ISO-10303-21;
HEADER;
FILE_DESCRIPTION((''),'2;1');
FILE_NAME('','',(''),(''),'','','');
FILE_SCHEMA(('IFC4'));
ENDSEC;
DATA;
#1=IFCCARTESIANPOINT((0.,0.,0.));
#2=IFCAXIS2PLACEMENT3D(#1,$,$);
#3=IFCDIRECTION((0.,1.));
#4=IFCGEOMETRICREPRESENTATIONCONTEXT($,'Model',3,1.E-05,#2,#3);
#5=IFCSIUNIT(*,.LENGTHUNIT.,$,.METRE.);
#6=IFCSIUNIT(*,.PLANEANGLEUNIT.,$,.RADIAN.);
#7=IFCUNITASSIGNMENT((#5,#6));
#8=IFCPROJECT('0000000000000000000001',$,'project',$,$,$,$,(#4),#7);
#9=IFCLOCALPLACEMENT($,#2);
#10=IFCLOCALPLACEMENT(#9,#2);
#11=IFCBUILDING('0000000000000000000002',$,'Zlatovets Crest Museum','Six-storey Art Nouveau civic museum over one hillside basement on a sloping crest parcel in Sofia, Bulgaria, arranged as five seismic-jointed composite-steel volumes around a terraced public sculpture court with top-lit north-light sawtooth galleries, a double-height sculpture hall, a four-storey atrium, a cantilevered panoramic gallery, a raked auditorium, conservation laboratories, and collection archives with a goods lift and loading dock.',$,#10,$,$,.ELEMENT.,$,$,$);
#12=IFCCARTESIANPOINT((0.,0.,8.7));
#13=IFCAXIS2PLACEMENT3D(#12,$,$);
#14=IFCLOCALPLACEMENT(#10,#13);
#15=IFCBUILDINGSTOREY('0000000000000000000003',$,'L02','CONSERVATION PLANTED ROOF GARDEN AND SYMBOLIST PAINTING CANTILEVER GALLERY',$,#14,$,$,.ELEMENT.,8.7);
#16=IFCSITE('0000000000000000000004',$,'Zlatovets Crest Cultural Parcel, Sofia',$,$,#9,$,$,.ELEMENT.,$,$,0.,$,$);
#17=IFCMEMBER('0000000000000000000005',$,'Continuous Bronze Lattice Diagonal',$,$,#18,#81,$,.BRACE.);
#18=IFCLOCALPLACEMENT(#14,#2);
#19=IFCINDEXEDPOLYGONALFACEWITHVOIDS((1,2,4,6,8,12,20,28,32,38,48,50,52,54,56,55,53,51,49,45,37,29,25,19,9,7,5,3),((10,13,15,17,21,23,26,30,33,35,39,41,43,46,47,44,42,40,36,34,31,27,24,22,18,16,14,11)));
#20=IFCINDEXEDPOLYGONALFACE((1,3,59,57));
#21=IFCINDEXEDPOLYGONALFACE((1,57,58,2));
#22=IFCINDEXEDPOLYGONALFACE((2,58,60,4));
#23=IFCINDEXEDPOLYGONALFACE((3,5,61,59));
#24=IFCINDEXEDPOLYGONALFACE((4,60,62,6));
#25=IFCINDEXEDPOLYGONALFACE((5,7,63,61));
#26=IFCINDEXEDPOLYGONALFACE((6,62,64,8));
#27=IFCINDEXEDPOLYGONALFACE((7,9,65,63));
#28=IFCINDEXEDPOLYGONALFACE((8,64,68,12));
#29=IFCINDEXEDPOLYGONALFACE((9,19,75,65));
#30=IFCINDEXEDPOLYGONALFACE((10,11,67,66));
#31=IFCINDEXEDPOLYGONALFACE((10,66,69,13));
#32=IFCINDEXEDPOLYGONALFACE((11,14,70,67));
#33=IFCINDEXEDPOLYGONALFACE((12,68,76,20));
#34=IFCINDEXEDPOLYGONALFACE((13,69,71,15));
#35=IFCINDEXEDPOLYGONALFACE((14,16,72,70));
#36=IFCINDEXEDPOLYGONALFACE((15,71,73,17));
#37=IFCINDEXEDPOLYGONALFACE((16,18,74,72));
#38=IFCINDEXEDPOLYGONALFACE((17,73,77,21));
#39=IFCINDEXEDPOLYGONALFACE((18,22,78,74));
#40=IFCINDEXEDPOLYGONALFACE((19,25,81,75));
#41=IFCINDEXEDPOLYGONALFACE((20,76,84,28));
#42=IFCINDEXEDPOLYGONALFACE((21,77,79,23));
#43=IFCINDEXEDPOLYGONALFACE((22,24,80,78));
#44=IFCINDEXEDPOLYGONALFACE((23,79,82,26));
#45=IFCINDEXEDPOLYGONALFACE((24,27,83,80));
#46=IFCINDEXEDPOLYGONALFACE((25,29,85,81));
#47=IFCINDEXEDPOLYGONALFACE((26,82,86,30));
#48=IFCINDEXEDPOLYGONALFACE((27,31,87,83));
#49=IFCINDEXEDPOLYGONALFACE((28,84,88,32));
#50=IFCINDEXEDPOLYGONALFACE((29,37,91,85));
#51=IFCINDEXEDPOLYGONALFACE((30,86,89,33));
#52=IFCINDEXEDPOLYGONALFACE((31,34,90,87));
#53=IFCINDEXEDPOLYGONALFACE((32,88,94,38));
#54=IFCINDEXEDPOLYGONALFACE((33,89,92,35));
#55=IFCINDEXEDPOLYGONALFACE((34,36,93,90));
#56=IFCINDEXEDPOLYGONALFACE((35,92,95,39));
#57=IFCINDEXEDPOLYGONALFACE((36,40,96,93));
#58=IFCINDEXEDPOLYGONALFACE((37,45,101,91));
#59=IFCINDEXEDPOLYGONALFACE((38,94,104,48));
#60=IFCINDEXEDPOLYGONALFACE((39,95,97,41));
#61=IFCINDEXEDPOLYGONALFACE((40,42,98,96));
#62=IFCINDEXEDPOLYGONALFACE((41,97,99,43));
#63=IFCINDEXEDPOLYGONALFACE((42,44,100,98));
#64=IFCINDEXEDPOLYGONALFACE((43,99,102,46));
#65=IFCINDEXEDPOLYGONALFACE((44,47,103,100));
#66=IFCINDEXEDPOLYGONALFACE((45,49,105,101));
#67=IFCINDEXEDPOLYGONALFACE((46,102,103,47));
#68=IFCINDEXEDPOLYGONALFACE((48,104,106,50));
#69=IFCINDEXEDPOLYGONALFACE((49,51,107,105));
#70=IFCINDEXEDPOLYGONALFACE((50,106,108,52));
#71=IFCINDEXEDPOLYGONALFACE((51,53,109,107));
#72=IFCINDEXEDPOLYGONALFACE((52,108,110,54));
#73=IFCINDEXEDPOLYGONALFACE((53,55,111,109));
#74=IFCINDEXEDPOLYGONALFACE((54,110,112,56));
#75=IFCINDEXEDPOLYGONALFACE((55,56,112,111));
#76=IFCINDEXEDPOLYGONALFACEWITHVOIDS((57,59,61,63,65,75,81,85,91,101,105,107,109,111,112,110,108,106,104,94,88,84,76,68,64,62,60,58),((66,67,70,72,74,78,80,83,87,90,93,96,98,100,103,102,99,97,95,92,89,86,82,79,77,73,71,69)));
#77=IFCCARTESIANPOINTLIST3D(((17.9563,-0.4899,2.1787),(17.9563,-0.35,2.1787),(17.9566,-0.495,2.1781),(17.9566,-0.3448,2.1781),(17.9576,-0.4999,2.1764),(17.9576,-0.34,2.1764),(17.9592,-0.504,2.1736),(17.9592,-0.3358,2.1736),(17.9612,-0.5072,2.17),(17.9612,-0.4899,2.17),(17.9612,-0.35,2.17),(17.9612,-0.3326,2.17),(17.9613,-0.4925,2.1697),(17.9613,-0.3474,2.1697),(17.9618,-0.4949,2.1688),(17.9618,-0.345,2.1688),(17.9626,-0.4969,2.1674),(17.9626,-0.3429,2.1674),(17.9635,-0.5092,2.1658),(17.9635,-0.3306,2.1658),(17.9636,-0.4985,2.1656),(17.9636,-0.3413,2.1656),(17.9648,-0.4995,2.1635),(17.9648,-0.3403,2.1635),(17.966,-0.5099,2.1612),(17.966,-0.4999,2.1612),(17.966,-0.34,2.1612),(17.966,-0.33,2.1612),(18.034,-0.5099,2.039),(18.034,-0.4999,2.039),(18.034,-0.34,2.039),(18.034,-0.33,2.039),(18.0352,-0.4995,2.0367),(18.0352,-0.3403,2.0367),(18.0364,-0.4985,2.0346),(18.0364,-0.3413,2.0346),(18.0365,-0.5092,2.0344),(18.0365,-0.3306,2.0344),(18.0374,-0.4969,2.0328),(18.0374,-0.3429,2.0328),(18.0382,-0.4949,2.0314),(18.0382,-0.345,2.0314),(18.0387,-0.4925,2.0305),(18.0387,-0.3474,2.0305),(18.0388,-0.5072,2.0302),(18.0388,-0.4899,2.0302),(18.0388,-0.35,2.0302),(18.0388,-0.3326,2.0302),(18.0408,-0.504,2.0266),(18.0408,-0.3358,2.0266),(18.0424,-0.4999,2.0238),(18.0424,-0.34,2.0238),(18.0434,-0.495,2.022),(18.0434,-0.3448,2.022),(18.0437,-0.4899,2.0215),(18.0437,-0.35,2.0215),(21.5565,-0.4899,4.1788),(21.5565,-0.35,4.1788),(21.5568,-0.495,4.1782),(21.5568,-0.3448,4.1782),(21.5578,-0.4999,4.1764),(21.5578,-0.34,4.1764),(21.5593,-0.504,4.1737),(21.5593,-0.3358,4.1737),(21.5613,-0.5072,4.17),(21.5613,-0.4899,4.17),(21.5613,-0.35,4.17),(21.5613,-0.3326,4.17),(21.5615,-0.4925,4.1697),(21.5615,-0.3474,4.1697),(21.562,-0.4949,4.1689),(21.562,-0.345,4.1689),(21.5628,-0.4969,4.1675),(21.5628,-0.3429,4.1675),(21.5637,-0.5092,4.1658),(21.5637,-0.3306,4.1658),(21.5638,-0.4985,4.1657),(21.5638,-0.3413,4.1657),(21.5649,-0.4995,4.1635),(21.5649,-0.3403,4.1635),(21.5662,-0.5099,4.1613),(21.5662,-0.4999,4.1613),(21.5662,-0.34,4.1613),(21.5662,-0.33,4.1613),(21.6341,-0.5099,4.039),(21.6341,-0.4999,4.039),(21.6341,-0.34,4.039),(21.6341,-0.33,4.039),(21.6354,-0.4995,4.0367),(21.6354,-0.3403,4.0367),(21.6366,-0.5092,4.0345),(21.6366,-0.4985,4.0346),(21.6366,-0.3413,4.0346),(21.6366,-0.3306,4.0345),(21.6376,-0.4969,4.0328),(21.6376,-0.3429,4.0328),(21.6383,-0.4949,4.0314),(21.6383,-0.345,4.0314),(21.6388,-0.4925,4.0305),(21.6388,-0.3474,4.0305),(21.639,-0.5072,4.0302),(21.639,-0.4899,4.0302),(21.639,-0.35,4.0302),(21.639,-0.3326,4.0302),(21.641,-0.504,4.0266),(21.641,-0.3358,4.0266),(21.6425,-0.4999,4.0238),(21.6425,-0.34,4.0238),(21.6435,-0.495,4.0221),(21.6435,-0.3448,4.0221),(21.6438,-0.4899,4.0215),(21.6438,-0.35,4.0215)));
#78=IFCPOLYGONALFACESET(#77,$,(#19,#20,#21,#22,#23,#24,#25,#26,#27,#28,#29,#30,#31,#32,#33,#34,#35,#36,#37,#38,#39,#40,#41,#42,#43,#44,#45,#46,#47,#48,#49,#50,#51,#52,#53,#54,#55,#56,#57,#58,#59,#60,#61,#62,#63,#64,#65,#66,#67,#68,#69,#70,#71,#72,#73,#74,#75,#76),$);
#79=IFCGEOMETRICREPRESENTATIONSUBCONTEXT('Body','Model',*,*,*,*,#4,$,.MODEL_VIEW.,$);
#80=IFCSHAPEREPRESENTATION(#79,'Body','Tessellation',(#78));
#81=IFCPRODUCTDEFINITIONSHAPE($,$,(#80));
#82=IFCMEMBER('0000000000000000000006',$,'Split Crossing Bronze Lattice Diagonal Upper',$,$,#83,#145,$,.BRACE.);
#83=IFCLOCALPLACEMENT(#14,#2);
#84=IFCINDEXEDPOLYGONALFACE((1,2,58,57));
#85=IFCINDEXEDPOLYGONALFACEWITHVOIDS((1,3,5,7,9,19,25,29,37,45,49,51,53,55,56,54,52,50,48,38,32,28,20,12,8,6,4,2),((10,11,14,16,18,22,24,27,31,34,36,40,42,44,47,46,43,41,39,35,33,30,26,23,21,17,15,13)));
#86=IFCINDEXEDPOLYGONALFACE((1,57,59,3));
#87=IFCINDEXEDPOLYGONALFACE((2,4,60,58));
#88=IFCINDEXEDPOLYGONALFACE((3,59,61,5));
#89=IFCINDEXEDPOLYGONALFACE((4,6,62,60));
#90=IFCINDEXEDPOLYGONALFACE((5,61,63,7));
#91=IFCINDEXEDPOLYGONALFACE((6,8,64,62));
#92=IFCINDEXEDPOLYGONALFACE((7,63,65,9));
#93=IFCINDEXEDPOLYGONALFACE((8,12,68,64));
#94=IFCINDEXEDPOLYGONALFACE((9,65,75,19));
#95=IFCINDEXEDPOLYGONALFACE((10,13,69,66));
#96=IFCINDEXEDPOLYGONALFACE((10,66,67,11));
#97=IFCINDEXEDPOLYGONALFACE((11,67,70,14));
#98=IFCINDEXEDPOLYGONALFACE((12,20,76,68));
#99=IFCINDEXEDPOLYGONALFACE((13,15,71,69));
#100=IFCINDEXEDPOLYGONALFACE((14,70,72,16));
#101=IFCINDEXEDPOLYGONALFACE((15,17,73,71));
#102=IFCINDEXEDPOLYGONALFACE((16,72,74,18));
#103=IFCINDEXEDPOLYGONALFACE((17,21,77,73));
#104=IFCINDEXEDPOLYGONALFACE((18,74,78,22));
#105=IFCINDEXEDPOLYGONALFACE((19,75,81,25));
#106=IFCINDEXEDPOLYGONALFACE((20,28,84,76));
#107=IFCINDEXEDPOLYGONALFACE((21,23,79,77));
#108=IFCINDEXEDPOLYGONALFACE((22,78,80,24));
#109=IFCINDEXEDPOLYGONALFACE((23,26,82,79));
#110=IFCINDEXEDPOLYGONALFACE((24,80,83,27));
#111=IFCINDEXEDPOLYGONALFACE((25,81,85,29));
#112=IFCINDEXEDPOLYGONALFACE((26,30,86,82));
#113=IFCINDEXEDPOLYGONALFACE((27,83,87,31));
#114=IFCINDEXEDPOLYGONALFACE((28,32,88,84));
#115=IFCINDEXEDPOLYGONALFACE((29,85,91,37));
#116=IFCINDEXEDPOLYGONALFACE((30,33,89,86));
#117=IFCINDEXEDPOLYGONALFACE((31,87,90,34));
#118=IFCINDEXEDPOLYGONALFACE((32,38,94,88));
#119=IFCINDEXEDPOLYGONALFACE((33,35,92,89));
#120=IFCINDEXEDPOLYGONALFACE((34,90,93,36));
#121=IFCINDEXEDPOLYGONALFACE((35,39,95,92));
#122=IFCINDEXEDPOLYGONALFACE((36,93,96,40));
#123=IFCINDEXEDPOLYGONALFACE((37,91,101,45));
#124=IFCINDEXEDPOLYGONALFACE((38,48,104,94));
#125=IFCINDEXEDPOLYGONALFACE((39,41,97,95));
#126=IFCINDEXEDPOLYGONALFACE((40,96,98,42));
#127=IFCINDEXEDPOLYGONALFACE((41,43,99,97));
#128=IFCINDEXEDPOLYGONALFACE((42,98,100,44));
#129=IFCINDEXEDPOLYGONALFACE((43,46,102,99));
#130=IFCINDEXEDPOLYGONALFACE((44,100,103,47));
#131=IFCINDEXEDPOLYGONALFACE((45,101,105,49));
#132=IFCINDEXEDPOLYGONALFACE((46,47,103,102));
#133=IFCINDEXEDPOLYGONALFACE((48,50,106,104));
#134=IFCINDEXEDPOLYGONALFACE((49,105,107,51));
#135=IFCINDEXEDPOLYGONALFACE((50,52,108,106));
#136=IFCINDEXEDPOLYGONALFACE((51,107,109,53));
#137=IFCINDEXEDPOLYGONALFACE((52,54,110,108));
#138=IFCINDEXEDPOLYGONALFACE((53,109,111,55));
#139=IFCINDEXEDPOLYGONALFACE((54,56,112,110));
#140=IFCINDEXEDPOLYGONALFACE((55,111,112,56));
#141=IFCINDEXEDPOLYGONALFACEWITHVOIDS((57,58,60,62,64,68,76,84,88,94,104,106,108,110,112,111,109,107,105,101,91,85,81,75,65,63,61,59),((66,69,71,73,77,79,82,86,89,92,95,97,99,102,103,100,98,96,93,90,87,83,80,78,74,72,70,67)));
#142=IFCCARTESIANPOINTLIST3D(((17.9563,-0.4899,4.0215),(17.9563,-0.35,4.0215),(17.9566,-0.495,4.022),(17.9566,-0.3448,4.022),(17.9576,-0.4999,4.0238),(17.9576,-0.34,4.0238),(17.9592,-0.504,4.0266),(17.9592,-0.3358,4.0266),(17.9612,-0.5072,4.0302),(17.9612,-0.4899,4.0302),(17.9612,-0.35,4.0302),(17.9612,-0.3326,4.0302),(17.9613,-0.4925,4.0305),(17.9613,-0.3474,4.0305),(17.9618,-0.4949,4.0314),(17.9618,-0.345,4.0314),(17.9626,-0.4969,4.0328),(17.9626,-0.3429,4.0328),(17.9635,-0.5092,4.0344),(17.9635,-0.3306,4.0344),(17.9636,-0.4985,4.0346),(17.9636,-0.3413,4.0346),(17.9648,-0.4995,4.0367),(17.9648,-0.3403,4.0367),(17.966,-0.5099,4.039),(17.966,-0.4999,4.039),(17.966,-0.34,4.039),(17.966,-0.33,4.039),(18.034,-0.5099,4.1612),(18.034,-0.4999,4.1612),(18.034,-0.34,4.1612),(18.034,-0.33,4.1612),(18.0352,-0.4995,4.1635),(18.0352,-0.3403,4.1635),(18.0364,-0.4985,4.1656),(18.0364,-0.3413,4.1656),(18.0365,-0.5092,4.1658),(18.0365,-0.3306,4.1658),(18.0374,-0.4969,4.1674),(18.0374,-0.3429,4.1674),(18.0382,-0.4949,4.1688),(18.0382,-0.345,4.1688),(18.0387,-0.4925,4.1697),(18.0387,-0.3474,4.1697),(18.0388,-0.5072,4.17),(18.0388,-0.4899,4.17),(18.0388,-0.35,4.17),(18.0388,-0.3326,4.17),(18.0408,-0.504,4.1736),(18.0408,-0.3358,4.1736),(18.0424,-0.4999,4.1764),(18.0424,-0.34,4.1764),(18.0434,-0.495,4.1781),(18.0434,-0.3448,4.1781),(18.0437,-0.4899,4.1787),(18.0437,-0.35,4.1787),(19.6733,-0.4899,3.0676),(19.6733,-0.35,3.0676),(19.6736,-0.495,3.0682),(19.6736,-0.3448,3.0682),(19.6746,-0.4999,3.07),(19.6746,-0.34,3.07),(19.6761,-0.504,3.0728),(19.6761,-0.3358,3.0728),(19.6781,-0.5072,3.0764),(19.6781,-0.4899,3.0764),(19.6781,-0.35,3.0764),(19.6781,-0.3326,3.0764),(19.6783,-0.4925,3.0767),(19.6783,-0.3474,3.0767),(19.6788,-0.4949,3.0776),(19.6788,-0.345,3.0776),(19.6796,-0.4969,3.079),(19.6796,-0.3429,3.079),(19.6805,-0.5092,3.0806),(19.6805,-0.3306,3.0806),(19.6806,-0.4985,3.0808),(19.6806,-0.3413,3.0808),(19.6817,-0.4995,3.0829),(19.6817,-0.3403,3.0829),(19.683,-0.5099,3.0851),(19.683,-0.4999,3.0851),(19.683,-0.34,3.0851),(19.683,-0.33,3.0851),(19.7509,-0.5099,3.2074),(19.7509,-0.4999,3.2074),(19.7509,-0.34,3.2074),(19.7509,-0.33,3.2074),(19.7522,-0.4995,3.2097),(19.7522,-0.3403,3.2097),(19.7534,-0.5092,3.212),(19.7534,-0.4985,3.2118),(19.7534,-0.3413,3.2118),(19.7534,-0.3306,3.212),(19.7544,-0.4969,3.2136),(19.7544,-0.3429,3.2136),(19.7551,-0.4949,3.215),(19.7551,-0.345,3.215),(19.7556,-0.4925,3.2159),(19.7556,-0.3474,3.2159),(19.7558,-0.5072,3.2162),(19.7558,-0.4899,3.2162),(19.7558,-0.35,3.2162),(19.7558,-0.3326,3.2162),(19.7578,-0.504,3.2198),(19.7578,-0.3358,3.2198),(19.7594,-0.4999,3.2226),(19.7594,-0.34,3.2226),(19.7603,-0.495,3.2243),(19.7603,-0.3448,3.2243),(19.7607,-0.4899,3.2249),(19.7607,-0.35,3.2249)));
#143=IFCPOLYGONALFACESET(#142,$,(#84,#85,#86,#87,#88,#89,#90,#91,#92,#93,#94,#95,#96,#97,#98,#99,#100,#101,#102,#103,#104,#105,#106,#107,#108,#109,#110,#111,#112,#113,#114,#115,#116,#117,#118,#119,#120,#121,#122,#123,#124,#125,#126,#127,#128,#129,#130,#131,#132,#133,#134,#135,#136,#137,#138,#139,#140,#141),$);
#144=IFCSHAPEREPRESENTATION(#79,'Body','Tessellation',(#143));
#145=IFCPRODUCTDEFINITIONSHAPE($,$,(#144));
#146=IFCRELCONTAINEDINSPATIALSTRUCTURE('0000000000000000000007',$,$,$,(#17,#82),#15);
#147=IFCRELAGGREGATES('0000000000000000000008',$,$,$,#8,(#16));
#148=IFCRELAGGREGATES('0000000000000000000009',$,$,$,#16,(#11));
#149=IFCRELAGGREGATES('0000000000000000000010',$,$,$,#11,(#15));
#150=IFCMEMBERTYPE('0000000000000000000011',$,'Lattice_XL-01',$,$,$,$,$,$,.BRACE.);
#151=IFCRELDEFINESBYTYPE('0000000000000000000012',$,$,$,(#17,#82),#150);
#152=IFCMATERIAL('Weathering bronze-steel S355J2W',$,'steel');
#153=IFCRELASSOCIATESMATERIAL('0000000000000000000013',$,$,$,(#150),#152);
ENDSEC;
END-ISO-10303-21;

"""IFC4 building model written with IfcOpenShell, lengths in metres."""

from ifc_helpers import new_model, si_unit, direction, frame, origin, origin_2d, place, context, subcontext, project, spatial, hollow_rectangle, extrude, material, material_profile, profile_set, type_object, element, save


model = new_model("IFC4")

# Units and contexts
model_context = context("Model", 3, precision=1e-05, world=origin(), true_north=direction((0.0, 1.0)))
body_context = subcontext(model_context, "Body", "Model", "MODEL_VIEW")
ifc_project = project(units=[si_unit("LENGTHUNIT", "METRE"), si_unit("PLANEANGLEUNIT", "RADIAN")], contexts=[model_context])

# Site, building, storey
site_placement = place(None, origin())
site = spatial("IfcSite", under=ifc_project, at=site_placement, Name="Zlatovets Crest Cultural Parcel, Sofia", CompositionType="ELEMENT", RefElevation=0.0)
building_placement = place(site_placement, origin())
building = spatial("IfcBuilding", under=site, at=building_placement, Name="Zlatovets Crest Museum", Description="Six-storey Art Nouveau civic museum over one hillside basement on a sloping crest parcel in Sofia, Bulgaria, arranged as five seismic-jointed composite-steel volumes around a terraced public sculpture court with top-lit north-light sawtooth galleries, a double-height sculpture hall, a four-storey atrium, a cantilevered panoramic gallery, a raked auditorium, conservation laboratories, and collection archives with a goods lift and loading dock.", CompositionType="ELEMENT")
storey_placement = place(building_placement, frame((0.0, 0.0, 8.7)))
storey = spatial("IfcBuildingStorey", under=building, at=storey_placement, Name="L02", Description="CONSERVATION PLANTED ROOF GARDEN AND SYMBOLIST PAINTING CANTILEVER GALLERY", CompositionType="ELEMENT", Elevation=8.7)

# Members
ifc_material_1 = material(Name="Weathering bronze-steel S355J2W", Category="steel")
ifc_material_profile_1 = material_profile(ifc_material_1, hollow_rectangle(XDim=0.1799, YDim=0.1799, WallThickness=0.01, InnerFilletRadius=0.01, OuterFilletRadius=0.02, at=origin_2d()), Name="SHS 180x180x10.0")
ifc_profile_set_1 = profile_set([ifc_material_profile_1], Name="Weathering bronze-steel S355J2W")
member_type_1 = type_object("IfcMemberType", Name="Lattice_XL-01", PredefinedType="BRACE", material=ifc_profile_set_1)
member_1_placement = place(storey_placement, frame((18.0, -0.4199, 2.1001), z_axis=(0.874163, 0.0, 0.485633), x_axis=(0.0, 1.0, 0.0)))
element("IfcMember", 1, at=member_1_placement, inside=storey, type_object=member_type_1, Name="Continuous Bronze Lattice Diagonal", PredefinedType="BRACE", context=body_context, shape_type="SweptSolid", body=[
    extrude(hollow_rectangle(XDim=0.1799, YDim=0.1799, WallThickness=0.01, InnerFilletRadius=0.01, OuterFilletRadius=0.02, at=origin_2d()), origin(), (0.0, 0.0, 1.0), 4.1184),
])
for number, where, z_axis, x_axis, name in (
    (2, (18.0, -0.4199, 4.1001), (0.874169, 0.0, -0.485622), (0.0, 1.0, 0.0), "Split Crossing Bronze Lattice Diagonal Upper"),
):
    element("IfcMember", number, at=place(storey_placement, frame(where, z_axis=z_axis, x_axis=x_axis)), inside=storey, type_object=member_type_1, Name=name, PredefinedType="BRACE", context=body_context, shape_type="SweptSolid", body=[
        extrude(hollow_rectangle(XDim=0.1799, YDim=0.1799, WallThickness=0.01, InnerFilletRadius=0.01, OuterFilletRadius=0.02, at=origin_2d()), origin(), (0.0, 0.0, 1.0), 1.9641),
    ])

save(model, "model.ifc")
